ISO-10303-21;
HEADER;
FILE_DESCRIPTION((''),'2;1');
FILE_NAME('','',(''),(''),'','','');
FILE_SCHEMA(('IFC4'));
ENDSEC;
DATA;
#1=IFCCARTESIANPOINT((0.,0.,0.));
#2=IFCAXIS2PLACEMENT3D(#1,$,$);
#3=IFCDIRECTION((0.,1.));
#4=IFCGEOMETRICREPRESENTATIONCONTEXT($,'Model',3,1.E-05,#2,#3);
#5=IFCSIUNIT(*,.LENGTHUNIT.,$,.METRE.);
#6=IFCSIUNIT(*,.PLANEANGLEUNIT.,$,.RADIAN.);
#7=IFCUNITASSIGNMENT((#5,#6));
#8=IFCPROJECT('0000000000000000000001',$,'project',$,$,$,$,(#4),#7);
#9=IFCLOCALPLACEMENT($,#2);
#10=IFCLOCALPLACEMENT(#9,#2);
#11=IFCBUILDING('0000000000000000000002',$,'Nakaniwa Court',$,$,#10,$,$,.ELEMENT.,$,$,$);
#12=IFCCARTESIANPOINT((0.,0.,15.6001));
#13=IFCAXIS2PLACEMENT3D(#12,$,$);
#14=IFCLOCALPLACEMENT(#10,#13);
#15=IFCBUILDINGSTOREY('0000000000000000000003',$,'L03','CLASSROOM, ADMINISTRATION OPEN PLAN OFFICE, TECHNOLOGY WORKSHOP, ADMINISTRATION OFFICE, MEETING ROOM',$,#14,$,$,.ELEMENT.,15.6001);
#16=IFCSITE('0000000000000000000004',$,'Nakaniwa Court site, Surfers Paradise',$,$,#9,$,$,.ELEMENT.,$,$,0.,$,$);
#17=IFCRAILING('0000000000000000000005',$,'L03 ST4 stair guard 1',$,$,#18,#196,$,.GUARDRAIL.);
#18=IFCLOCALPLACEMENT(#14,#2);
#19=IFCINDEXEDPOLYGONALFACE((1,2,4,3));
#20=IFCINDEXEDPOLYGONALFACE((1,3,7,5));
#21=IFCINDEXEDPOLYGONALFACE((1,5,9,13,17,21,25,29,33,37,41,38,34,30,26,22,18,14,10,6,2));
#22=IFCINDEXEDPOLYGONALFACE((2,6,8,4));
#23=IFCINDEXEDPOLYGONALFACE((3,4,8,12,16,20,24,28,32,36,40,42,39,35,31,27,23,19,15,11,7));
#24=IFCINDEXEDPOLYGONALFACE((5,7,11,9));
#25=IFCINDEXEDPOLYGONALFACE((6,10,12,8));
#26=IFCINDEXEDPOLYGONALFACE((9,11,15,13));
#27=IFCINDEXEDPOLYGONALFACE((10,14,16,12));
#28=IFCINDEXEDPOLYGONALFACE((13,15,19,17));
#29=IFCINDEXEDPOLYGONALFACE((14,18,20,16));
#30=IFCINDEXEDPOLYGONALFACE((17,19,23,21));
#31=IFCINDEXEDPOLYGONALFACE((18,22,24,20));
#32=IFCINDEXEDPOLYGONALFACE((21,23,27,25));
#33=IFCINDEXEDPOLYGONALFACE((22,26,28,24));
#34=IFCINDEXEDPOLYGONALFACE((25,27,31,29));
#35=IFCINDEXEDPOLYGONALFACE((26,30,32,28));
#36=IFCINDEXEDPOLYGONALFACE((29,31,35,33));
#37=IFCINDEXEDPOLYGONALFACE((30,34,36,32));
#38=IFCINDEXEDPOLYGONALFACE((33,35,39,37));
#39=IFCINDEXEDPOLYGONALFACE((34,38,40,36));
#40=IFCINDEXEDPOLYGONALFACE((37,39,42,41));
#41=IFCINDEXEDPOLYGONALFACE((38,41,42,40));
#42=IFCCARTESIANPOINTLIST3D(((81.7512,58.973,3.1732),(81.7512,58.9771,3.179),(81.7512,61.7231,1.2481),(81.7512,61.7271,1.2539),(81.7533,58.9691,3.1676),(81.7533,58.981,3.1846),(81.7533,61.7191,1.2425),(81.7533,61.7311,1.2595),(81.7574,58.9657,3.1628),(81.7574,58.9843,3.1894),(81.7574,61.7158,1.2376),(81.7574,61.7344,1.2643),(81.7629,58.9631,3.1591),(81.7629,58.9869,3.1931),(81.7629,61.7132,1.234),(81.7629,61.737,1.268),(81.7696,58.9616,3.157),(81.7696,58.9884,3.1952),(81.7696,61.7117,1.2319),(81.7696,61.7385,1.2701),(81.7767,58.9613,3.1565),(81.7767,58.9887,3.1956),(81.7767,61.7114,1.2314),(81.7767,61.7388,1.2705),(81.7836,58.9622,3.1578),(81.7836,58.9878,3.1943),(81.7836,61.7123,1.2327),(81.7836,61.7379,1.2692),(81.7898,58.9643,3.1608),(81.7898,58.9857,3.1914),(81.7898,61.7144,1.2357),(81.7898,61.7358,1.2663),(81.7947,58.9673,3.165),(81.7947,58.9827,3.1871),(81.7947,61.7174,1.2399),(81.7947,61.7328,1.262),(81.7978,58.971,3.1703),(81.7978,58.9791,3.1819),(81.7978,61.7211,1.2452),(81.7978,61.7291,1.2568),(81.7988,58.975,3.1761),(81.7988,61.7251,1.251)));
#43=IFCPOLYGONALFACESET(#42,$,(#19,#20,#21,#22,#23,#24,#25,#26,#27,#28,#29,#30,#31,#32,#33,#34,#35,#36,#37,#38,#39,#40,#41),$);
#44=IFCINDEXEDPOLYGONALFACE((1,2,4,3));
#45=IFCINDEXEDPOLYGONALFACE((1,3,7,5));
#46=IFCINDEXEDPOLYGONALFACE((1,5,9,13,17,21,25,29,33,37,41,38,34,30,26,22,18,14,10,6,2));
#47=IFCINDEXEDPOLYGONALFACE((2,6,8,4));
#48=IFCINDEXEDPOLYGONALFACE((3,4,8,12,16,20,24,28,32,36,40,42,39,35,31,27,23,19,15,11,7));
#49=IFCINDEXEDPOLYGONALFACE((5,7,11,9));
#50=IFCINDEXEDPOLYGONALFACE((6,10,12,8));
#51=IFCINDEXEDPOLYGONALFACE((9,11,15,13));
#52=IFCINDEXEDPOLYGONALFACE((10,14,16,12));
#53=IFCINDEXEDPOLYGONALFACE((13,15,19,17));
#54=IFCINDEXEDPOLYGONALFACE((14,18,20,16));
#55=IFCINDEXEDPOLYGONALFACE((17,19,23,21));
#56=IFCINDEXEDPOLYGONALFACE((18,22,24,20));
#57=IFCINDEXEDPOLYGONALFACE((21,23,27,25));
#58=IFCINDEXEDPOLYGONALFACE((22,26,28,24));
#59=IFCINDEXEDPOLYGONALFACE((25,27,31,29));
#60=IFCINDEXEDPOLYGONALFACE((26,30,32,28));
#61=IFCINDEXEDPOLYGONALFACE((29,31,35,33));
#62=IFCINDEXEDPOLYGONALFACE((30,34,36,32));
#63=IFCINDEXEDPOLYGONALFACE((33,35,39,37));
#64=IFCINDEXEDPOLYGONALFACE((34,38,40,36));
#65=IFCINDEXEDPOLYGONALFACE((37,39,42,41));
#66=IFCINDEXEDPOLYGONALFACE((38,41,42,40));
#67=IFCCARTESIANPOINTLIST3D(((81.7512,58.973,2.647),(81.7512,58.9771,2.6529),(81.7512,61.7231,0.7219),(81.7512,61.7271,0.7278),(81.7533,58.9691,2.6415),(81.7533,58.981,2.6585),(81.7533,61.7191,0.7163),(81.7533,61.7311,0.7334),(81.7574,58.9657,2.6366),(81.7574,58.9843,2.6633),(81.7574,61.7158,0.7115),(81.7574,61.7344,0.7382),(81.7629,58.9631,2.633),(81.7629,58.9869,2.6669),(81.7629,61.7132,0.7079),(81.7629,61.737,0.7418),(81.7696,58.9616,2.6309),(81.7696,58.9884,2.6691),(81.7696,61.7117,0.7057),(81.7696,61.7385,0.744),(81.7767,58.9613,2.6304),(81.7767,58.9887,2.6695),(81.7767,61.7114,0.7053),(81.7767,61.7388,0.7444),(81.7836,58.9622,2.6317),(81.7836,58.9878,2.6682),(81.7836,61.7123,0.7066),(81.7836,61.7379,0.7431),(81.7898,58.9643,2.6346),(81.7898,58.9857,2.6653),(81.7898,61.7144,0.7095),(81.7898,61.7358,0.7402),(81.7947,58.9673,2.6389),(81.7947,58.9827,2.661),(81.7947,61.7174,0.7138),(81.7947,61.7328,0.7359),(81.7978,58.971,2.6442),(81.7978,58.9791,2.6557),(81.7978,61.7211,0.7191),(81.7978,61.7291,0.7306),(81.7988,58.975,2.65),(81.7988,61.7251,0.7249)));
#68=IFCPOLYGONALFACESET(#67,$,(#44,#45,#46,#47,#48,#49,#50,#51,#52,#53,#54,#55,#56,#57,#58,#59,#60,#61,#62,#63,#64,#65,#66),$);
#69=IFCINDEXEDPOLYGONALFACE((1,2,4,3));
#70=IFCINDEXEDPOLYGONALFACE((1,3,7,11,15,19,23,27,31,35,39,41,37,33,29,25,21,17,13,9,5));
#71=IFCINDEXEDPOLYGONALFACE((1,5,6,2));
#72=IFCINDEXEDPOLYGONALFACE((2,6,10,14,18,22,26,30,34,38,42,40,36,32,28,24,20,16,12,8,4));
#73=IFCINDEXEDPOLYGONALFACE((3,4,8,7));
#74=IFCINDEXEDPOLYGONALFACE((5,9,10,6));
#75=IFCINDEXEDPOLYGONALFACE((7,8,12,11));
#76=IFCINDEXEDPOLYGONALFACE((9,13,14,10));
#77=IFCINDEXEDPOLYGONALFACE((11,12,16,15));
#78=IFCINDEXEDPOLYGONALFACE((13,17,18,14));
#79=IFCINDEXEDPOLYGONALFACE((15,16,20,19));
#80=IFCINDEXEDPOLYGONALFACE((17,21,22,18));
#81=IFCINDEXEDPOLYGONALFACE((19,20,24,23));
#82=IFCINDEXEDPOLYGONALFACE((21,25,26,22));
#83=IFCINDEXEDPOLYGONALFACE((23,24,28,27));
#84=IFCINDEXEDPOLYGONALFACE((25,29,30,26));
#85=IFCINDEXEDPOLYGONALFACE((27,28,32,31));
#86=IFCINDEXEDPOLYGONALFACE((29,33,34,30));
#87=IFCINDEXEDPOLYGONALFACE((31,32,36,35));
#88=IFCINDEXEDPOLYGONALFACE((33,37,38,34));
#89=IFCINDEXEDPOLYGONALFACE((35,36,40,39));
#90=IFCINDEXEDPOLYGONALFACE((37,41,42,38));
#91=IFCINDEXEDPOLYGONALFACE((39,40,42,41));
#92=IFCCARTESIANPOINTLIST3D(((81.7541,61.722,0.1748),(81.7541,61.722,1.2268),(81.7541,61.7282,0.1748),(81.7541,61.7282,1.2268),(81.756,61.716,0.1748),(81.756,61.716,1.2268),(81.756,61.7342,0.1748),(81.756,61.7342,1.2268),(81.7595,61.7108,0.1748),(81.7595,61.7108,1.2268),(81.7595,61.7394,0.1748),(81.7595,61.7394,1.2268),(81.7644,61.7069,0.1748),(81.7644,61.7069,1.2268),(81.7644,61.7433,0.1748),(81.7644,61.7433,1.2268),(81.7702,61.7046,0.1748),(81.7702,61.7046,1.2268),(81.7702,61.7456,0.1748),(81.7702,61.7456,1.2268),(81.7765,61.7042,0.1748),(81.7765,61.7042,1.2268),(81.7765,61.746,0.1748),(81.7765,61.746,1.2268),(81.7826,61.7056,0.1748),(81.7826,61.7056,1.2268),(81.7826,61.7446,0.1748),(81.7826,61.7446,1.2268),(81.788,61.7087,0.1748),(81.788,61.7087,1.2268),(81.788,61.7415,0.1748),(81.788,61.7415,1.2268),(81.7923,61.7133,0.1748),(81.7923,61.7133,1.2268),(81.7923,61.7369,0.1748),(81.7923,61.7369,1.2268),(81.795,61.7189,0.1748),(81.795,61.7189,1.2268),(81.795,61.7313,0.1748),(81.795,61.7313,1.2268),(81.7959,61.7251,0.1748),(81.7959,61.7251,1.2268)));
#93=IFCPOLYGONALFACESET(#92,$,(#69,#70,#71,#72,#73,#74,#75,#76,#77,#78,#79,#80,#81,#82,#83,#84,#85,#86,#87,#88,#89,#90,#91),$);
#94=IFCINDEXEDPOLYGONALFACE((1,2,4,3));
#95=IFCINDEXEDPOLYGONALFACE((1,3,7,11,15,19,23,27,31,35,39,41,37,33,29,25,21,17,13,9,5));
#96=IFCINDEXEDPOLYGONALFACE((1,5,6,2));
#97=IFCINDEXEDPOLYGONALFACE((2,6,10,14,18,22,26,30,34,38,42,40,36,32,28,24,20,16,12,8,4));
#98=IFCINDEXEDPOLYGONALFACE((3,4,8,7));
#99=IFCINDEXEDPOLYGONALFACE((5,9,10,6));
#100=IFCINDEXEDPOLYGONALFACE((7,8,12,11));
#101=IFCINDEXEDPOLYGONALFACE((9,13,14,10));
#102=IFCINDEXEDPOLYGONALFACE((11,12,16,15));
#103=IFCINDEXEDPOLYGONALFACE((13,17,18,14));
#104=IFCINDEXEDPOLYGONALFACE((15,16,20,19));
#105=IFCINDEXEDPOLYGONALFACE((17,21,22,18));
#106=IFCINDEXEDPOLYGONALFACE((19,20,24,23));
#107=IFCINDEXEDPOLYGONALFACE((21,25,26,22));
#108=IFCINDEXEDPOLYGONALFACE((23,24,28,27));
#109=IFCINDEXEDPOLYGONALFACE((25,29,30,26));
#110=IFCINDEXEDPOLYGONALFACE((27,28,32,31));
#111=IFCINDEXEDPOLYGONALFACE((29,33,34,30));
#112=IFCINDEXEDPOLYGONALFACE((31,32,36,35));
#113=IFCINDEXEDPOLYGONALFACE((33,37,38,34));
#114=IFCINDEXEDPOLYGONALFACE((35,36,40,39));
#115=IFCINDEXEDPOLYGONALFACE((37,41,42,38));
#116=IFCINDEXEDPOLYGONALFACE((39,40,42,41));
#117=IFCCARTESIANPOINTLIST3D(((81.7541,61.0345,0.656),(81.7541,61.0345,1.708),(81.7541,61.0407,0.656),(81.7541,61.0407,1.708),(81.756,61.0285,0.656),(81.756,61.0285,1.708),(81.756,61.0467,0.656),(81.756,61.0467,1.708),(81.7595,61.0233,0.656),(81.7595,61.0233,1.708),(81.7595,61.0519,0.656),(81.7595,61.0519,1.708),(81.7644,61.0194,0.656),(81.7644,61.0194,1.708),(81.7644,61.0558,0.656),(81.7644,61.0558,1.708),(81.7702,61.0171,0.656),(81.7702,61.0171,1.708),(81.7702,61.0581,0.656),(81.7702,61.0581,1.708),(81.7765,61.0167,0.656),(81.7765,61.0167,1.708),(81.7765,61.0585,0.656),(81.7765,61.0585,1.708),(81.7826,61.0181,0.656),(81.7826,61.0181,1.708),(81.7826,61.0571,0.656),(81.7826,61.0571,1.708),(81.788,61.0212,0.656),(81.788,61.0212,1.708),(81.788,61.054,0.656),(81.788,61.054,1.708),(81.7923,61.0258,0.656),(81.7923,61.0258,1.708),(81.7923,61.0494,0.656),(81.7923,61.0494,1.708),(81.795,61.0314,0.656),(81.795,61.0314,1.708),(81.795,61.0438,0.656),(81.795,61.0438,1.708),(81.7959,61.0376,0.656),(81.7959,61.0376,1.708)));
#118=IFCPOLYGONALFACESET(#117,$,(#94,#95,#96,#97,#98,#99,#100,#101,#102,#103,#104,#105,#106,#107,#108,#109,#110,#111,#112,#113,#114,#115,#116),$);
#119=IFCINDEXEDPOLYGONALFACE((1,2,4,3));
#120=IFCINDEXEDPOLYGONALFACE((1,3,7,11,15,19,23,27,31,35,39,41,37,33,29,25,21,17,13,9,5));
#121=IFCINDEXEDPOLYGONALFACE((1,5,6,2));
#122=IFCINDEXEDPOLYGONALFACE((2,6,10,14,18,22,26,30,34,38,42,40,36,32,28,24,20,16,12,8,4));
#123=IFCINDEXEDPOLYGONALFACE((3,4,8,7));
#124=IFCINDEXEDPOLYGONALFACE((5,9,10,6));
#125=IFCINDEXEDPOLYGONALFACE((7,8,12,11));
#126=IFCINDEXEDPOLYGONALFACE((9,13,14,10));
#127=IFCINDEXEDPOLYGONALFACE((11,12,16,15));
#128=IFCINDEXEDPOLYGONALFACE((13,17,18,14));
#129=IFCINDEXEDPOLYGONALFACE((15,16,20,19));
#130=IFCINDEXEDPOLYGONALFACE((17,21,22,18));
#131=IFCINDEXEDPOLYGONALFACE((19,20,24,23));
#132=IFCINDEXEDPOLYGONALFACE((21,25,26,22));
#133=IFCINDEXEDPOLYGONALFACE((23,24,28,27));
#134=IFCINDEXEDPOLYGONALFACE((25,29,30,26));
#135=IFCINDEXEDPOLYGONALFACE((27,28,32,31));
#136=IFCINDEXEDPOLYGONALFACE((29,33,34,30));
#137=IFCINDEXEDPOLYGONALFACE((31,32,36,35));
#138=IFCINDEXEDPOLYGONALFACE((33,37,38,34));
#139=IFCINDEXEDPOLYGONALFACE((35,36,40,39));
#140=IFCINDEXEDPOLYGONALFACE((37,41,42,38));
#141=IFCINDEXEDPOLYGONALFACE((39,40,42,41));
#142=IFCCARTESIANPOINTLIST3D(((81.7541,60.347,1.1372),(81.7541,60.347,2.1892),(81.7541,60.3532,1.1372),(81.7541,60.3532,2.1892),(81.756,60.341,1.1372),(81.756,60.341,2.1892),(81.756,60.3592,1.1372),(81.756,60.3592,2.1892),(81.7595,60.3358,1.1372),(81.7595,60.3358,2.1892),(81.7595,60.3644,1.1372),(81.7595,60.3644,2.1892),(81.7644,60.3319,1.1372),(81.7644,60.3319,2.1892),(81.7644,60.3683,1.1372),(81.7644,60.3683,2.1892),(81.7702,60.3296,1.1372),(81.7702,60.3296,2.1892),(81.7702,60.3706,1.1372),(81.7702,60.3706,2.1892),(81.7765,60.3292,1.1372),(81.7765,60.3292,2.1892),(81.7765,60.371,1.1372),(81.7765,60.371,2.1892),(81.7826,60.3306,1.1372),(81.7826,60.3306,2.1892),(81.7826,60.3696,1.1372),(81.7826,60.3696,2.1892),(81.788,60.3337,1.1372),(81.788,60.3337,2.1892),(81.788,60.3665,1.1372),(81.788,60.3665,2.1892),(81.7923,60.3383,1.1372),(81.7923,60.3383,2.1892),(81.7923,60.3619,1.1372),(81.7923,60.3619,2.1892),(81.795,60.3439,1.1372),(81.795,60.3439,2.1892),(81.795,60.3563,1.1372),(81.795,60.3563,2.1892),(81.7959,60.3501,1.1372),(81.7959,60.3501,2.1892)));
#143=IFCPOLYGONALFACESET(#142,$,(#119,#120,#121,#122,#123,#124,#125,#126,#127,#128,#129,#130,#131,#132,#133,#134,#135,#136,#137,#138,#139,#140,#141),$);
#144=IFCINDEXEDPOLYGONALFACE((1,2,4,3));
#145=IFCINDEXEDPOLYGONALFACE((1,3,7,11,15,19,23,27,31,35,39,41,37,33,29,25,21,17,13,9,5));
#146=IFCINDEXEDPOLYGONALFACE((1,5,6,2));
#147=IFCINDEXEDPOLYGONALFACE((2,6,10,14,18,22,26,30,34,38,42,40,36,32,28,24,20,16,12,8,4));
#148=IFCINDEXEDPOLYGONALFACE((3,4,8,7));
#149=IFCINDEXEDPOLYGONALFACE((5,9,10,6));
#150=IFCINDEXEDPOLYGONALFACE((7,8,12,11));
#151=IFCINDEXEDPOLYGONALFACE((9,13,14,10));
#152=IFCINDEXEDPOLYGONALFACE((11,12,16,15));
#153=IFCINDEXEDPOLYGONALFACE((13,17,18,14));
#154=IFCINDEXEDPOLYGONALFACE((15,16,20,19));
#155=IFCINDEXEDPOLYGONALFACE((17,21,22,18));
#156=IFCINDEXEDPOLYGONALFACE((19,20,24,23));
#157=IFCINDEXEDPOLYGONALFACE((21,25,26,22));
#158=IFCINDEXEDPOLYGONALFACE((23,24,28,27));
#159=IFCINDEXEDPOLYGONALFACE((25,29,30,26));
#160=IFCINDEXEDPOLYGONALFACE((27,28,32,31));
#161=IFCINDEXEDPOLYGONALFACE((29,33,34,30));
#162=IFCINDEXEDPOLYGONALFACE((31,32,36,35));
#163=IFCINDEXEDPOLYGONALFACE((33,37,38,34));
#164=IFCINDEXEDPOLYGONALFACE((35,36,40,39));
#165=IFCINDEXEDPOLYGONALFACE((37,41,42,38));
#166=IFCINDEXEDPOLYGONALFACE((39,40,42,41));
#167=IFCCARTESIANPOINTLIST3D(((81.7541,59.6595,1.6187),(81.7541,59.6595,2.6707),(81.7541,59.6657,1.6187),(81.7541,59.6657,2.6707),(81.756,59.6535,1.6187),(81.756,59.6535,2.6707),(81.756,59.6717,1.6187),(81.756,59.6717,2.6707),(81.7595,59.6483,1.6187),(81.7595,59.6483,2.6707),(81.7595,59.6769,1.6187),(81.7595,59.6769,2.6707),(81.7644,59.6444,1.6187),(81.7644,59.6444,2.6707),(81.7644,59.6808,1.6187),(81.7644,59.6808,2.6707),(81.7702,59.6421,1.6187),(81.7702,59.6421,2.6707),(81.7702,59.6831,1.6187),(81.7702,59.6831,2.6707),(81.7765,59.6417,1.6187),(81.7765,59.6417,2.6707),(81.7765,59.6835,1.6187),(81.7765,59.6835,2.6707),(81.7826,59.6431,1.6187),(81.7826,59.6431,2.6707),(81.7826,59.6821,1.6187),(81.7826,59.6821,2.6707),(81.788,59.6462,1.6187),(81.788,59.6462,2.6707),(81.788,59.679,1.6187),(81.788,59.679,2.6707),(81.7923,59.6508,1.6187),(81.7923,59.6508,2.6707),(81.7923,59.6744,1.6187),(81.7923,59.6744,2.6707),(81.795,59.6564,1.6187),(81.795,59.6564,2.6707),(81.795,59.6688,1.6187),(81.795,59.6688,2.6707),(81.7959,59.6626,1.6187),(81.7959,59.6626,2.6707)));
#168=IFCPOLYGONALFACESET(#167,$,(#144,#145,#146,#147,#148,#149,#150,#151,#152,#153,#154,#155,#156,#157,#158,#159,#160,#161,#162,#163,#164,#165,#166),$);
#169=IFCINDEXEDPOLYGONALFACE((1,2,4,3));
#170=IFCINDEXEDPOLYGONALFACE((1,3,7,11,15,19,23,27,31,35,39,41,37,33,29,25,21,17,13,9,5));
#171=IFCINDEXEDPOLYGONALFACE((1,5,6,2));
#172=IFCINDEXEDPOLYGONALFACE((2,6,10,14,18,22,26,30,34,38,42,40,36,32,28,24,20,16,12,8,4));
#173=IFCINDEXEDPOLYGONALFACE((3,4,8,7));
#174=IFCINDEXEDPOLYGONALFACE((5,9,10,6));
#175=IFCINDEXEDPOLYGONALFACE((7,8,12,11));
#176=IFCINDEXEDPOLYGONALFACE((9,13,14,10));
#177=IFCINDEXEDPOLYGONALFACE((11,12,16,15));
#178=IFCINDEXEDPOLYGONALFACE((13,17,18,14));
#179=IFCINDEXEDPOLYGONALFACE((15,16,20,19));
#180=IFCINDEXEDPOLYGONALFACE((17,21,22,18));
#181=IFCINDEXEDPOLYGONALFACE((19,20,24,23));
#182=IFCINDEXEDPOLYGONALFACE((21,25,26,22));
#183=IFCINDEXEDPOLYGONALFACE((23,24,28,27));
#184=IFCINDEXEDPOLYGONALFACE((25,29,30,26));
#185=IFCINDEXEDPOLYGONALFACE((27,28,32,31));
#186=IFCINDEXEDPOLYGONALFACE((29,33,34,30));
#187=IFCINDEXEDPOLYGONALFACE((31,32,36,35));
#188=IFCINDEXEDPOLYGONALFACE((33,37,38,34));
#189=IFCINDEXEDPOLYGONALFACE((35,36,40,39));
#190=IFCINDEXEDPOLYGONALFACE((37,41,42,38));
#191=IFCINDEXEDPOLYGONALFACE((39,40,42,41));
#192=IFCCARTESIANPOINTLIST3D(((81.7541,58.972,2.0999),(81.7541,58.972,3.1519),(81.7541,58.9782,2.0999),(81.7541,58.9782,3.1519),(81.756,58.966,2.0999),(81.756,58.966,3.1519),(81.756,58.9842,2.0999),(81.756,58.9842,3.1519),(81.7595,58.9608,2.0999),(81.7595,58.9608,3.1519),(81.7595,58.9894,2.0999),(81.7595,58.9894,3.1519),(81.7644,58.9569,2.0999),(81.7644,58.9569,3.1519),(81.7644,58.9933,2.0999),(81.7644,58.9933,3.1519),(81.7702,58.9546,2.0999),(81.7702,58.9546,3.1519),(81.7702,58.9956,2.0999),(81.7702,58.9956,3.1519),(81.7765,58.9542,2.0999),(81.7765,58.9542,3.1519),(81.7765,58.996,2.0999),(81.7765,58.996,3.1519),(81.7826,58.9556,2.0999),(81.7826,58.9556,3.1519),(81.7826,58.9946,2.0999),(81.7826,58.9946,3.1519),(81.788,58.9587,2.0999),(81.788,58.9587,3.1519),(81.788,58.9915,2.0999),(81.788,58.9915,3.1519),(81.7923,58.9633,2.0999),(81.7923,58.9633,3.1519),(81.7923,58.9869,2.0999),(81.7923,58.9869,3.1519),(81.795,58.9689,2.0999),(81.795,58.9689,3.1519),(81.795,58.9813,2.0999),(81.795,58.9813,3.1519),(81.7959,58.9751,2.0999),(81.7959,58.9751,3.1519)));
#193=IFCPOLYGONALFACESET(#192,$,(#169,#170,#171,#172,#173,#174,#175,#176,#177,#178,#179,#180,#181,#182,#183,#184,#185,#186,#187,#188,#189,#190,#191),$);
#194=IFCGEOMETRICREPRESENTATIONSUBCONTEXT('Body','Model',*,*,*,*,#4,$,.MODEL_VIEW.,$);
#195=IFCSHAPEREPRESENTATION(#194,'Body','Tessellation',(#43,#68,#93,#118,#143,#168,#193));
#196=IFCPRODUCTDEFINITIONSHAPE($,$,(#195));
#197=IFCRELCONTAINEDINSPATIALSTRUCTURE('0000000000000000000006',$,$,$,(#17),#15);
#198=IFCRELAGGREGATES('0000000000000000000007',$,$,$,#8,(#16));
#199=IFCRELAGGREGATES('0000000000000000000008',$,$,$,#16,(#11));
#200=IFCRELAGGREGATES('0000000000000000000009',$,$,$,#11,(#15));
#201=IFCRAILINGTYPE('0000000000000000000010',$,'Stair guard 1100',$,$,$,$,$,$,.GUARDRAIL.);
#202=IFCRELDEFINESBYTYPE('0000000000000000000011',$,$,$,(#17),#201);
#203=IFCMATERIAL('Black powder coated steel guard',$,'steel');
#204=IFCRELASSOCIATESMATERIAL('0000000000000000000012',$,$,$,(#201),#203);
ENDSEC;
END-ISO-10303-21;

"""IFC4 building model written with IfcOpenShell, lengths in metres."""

from ifc_helpers import new_model, si_unit, direction, frame, origin, origin_2d, place, context, subcontext, project, spatial, circle, extrude, material, type_object, element, save


model = new_model("IFC4")

# Units and contexts
model_context = context("Model", 3, precision=1e-05, world=origin(), true_north=direction((0.0, 1.0)))
body_context = subcontext(model_context, "Body", "Model", "MODEL_VIEW")
ifc_project = project(units=[si_unit("LENGTHUNIT", "METRE"), si_unit("PLANEANGLEUNIT", "RADIAN")], contexts=[model_context])

# Site, building, storey
site_placement = place(None, origin())
site = spatial("IfcSite", under=ifc_project, at=site_placement, Name="Nakaniwa Court site, Surfers Paradise", CompositionType="ELEMENT", RefElevation=0.0)
building_placement = place(site_placement, origin())
building = spatial("IfcBuilding", under=site, at=building_placement, Name="Nakaniwa Court", CompositionType="ELEMENT")
storey_placement = place(building_placement, frame((0.0, 0.0, 15.6001)))
storey = spatial("IfcBuildingStorey", under=building, at=storey_placement, Name="L03", Description="CLASSROOM, ADMINISTRATION OPEN PLAN OFFICE, TECHNOLOGY WORKSHOP, ADMINISTRATION OFFICE, MEETING ROOM", CompositionType="ELEMENT", Elevation=15.6001)

# Railing
ifc_material_1 = material(Name="Black powder coated steel guard", Category="steel")
railing_type_1 = type_object("IfcRailingType", Name="Stair guard 1100", PredefinedType="GUARDRAIL", material=ifc_material_1)
railing_1_placement = place(storey_placement, frame((81.7749, 61.7251, 0.1748)))
element("IfcRailing", 1, at=railing_1_placement, inside=storey, type_object=railing_type_1, Name="L03 ST4 stair guard 1", PredefinedType="GUARDRAIL", context=body_context, shape_type="SweptSolid", body=[
    extrude(circle(Radius=0.0239, at=origin_2d()), frame((0.0, 0.0, 1.0762), z_axis=(0.0, -0.819225, 0.573472), x_axis=(1.0, 0.0, 0.0)), (0.0, 0.0, 1.0), 3.3569),
    extrude(circle(Radius=0.0239, at=origin_2d()), frame((0.0, 0.0, 0.55), z_axis=(0.0, -0.819225, 0.573472), x_axis=(1.0, 0.0, 0.0)), (0.0, 0.0, 1.0), 3.3569),
    extrude(circle(Radius=0.021, at=origin_2d()), origin(), (0.0, 0.0, 1.0), 1.052),
    extrude(circle(Radius=0.021, at=origin_2d()), frame((0.0, -0.6875, 0.4812)), (0.0, 0.0, 1.0), 1.052),
    extrude(circle(Radius=0.021, at=origin_2d()), frame((0.0, -1.375, 0.9624)), (0.0, 0.0, 1.0), 1.052),
    extrude(circle(Radius=0.021, at=origin_2d()), frame((0.0, -2.0625, 1.4438)), (0.0, 0.0, 1.0), 1.052),
    extrude(circle(Radius=0.021, at=origin_2d()), frame((0.0, -2.75, 1.925)), (0.0, 0.0, 1.0), 1.052),
])

save(model, "model.ifc")
